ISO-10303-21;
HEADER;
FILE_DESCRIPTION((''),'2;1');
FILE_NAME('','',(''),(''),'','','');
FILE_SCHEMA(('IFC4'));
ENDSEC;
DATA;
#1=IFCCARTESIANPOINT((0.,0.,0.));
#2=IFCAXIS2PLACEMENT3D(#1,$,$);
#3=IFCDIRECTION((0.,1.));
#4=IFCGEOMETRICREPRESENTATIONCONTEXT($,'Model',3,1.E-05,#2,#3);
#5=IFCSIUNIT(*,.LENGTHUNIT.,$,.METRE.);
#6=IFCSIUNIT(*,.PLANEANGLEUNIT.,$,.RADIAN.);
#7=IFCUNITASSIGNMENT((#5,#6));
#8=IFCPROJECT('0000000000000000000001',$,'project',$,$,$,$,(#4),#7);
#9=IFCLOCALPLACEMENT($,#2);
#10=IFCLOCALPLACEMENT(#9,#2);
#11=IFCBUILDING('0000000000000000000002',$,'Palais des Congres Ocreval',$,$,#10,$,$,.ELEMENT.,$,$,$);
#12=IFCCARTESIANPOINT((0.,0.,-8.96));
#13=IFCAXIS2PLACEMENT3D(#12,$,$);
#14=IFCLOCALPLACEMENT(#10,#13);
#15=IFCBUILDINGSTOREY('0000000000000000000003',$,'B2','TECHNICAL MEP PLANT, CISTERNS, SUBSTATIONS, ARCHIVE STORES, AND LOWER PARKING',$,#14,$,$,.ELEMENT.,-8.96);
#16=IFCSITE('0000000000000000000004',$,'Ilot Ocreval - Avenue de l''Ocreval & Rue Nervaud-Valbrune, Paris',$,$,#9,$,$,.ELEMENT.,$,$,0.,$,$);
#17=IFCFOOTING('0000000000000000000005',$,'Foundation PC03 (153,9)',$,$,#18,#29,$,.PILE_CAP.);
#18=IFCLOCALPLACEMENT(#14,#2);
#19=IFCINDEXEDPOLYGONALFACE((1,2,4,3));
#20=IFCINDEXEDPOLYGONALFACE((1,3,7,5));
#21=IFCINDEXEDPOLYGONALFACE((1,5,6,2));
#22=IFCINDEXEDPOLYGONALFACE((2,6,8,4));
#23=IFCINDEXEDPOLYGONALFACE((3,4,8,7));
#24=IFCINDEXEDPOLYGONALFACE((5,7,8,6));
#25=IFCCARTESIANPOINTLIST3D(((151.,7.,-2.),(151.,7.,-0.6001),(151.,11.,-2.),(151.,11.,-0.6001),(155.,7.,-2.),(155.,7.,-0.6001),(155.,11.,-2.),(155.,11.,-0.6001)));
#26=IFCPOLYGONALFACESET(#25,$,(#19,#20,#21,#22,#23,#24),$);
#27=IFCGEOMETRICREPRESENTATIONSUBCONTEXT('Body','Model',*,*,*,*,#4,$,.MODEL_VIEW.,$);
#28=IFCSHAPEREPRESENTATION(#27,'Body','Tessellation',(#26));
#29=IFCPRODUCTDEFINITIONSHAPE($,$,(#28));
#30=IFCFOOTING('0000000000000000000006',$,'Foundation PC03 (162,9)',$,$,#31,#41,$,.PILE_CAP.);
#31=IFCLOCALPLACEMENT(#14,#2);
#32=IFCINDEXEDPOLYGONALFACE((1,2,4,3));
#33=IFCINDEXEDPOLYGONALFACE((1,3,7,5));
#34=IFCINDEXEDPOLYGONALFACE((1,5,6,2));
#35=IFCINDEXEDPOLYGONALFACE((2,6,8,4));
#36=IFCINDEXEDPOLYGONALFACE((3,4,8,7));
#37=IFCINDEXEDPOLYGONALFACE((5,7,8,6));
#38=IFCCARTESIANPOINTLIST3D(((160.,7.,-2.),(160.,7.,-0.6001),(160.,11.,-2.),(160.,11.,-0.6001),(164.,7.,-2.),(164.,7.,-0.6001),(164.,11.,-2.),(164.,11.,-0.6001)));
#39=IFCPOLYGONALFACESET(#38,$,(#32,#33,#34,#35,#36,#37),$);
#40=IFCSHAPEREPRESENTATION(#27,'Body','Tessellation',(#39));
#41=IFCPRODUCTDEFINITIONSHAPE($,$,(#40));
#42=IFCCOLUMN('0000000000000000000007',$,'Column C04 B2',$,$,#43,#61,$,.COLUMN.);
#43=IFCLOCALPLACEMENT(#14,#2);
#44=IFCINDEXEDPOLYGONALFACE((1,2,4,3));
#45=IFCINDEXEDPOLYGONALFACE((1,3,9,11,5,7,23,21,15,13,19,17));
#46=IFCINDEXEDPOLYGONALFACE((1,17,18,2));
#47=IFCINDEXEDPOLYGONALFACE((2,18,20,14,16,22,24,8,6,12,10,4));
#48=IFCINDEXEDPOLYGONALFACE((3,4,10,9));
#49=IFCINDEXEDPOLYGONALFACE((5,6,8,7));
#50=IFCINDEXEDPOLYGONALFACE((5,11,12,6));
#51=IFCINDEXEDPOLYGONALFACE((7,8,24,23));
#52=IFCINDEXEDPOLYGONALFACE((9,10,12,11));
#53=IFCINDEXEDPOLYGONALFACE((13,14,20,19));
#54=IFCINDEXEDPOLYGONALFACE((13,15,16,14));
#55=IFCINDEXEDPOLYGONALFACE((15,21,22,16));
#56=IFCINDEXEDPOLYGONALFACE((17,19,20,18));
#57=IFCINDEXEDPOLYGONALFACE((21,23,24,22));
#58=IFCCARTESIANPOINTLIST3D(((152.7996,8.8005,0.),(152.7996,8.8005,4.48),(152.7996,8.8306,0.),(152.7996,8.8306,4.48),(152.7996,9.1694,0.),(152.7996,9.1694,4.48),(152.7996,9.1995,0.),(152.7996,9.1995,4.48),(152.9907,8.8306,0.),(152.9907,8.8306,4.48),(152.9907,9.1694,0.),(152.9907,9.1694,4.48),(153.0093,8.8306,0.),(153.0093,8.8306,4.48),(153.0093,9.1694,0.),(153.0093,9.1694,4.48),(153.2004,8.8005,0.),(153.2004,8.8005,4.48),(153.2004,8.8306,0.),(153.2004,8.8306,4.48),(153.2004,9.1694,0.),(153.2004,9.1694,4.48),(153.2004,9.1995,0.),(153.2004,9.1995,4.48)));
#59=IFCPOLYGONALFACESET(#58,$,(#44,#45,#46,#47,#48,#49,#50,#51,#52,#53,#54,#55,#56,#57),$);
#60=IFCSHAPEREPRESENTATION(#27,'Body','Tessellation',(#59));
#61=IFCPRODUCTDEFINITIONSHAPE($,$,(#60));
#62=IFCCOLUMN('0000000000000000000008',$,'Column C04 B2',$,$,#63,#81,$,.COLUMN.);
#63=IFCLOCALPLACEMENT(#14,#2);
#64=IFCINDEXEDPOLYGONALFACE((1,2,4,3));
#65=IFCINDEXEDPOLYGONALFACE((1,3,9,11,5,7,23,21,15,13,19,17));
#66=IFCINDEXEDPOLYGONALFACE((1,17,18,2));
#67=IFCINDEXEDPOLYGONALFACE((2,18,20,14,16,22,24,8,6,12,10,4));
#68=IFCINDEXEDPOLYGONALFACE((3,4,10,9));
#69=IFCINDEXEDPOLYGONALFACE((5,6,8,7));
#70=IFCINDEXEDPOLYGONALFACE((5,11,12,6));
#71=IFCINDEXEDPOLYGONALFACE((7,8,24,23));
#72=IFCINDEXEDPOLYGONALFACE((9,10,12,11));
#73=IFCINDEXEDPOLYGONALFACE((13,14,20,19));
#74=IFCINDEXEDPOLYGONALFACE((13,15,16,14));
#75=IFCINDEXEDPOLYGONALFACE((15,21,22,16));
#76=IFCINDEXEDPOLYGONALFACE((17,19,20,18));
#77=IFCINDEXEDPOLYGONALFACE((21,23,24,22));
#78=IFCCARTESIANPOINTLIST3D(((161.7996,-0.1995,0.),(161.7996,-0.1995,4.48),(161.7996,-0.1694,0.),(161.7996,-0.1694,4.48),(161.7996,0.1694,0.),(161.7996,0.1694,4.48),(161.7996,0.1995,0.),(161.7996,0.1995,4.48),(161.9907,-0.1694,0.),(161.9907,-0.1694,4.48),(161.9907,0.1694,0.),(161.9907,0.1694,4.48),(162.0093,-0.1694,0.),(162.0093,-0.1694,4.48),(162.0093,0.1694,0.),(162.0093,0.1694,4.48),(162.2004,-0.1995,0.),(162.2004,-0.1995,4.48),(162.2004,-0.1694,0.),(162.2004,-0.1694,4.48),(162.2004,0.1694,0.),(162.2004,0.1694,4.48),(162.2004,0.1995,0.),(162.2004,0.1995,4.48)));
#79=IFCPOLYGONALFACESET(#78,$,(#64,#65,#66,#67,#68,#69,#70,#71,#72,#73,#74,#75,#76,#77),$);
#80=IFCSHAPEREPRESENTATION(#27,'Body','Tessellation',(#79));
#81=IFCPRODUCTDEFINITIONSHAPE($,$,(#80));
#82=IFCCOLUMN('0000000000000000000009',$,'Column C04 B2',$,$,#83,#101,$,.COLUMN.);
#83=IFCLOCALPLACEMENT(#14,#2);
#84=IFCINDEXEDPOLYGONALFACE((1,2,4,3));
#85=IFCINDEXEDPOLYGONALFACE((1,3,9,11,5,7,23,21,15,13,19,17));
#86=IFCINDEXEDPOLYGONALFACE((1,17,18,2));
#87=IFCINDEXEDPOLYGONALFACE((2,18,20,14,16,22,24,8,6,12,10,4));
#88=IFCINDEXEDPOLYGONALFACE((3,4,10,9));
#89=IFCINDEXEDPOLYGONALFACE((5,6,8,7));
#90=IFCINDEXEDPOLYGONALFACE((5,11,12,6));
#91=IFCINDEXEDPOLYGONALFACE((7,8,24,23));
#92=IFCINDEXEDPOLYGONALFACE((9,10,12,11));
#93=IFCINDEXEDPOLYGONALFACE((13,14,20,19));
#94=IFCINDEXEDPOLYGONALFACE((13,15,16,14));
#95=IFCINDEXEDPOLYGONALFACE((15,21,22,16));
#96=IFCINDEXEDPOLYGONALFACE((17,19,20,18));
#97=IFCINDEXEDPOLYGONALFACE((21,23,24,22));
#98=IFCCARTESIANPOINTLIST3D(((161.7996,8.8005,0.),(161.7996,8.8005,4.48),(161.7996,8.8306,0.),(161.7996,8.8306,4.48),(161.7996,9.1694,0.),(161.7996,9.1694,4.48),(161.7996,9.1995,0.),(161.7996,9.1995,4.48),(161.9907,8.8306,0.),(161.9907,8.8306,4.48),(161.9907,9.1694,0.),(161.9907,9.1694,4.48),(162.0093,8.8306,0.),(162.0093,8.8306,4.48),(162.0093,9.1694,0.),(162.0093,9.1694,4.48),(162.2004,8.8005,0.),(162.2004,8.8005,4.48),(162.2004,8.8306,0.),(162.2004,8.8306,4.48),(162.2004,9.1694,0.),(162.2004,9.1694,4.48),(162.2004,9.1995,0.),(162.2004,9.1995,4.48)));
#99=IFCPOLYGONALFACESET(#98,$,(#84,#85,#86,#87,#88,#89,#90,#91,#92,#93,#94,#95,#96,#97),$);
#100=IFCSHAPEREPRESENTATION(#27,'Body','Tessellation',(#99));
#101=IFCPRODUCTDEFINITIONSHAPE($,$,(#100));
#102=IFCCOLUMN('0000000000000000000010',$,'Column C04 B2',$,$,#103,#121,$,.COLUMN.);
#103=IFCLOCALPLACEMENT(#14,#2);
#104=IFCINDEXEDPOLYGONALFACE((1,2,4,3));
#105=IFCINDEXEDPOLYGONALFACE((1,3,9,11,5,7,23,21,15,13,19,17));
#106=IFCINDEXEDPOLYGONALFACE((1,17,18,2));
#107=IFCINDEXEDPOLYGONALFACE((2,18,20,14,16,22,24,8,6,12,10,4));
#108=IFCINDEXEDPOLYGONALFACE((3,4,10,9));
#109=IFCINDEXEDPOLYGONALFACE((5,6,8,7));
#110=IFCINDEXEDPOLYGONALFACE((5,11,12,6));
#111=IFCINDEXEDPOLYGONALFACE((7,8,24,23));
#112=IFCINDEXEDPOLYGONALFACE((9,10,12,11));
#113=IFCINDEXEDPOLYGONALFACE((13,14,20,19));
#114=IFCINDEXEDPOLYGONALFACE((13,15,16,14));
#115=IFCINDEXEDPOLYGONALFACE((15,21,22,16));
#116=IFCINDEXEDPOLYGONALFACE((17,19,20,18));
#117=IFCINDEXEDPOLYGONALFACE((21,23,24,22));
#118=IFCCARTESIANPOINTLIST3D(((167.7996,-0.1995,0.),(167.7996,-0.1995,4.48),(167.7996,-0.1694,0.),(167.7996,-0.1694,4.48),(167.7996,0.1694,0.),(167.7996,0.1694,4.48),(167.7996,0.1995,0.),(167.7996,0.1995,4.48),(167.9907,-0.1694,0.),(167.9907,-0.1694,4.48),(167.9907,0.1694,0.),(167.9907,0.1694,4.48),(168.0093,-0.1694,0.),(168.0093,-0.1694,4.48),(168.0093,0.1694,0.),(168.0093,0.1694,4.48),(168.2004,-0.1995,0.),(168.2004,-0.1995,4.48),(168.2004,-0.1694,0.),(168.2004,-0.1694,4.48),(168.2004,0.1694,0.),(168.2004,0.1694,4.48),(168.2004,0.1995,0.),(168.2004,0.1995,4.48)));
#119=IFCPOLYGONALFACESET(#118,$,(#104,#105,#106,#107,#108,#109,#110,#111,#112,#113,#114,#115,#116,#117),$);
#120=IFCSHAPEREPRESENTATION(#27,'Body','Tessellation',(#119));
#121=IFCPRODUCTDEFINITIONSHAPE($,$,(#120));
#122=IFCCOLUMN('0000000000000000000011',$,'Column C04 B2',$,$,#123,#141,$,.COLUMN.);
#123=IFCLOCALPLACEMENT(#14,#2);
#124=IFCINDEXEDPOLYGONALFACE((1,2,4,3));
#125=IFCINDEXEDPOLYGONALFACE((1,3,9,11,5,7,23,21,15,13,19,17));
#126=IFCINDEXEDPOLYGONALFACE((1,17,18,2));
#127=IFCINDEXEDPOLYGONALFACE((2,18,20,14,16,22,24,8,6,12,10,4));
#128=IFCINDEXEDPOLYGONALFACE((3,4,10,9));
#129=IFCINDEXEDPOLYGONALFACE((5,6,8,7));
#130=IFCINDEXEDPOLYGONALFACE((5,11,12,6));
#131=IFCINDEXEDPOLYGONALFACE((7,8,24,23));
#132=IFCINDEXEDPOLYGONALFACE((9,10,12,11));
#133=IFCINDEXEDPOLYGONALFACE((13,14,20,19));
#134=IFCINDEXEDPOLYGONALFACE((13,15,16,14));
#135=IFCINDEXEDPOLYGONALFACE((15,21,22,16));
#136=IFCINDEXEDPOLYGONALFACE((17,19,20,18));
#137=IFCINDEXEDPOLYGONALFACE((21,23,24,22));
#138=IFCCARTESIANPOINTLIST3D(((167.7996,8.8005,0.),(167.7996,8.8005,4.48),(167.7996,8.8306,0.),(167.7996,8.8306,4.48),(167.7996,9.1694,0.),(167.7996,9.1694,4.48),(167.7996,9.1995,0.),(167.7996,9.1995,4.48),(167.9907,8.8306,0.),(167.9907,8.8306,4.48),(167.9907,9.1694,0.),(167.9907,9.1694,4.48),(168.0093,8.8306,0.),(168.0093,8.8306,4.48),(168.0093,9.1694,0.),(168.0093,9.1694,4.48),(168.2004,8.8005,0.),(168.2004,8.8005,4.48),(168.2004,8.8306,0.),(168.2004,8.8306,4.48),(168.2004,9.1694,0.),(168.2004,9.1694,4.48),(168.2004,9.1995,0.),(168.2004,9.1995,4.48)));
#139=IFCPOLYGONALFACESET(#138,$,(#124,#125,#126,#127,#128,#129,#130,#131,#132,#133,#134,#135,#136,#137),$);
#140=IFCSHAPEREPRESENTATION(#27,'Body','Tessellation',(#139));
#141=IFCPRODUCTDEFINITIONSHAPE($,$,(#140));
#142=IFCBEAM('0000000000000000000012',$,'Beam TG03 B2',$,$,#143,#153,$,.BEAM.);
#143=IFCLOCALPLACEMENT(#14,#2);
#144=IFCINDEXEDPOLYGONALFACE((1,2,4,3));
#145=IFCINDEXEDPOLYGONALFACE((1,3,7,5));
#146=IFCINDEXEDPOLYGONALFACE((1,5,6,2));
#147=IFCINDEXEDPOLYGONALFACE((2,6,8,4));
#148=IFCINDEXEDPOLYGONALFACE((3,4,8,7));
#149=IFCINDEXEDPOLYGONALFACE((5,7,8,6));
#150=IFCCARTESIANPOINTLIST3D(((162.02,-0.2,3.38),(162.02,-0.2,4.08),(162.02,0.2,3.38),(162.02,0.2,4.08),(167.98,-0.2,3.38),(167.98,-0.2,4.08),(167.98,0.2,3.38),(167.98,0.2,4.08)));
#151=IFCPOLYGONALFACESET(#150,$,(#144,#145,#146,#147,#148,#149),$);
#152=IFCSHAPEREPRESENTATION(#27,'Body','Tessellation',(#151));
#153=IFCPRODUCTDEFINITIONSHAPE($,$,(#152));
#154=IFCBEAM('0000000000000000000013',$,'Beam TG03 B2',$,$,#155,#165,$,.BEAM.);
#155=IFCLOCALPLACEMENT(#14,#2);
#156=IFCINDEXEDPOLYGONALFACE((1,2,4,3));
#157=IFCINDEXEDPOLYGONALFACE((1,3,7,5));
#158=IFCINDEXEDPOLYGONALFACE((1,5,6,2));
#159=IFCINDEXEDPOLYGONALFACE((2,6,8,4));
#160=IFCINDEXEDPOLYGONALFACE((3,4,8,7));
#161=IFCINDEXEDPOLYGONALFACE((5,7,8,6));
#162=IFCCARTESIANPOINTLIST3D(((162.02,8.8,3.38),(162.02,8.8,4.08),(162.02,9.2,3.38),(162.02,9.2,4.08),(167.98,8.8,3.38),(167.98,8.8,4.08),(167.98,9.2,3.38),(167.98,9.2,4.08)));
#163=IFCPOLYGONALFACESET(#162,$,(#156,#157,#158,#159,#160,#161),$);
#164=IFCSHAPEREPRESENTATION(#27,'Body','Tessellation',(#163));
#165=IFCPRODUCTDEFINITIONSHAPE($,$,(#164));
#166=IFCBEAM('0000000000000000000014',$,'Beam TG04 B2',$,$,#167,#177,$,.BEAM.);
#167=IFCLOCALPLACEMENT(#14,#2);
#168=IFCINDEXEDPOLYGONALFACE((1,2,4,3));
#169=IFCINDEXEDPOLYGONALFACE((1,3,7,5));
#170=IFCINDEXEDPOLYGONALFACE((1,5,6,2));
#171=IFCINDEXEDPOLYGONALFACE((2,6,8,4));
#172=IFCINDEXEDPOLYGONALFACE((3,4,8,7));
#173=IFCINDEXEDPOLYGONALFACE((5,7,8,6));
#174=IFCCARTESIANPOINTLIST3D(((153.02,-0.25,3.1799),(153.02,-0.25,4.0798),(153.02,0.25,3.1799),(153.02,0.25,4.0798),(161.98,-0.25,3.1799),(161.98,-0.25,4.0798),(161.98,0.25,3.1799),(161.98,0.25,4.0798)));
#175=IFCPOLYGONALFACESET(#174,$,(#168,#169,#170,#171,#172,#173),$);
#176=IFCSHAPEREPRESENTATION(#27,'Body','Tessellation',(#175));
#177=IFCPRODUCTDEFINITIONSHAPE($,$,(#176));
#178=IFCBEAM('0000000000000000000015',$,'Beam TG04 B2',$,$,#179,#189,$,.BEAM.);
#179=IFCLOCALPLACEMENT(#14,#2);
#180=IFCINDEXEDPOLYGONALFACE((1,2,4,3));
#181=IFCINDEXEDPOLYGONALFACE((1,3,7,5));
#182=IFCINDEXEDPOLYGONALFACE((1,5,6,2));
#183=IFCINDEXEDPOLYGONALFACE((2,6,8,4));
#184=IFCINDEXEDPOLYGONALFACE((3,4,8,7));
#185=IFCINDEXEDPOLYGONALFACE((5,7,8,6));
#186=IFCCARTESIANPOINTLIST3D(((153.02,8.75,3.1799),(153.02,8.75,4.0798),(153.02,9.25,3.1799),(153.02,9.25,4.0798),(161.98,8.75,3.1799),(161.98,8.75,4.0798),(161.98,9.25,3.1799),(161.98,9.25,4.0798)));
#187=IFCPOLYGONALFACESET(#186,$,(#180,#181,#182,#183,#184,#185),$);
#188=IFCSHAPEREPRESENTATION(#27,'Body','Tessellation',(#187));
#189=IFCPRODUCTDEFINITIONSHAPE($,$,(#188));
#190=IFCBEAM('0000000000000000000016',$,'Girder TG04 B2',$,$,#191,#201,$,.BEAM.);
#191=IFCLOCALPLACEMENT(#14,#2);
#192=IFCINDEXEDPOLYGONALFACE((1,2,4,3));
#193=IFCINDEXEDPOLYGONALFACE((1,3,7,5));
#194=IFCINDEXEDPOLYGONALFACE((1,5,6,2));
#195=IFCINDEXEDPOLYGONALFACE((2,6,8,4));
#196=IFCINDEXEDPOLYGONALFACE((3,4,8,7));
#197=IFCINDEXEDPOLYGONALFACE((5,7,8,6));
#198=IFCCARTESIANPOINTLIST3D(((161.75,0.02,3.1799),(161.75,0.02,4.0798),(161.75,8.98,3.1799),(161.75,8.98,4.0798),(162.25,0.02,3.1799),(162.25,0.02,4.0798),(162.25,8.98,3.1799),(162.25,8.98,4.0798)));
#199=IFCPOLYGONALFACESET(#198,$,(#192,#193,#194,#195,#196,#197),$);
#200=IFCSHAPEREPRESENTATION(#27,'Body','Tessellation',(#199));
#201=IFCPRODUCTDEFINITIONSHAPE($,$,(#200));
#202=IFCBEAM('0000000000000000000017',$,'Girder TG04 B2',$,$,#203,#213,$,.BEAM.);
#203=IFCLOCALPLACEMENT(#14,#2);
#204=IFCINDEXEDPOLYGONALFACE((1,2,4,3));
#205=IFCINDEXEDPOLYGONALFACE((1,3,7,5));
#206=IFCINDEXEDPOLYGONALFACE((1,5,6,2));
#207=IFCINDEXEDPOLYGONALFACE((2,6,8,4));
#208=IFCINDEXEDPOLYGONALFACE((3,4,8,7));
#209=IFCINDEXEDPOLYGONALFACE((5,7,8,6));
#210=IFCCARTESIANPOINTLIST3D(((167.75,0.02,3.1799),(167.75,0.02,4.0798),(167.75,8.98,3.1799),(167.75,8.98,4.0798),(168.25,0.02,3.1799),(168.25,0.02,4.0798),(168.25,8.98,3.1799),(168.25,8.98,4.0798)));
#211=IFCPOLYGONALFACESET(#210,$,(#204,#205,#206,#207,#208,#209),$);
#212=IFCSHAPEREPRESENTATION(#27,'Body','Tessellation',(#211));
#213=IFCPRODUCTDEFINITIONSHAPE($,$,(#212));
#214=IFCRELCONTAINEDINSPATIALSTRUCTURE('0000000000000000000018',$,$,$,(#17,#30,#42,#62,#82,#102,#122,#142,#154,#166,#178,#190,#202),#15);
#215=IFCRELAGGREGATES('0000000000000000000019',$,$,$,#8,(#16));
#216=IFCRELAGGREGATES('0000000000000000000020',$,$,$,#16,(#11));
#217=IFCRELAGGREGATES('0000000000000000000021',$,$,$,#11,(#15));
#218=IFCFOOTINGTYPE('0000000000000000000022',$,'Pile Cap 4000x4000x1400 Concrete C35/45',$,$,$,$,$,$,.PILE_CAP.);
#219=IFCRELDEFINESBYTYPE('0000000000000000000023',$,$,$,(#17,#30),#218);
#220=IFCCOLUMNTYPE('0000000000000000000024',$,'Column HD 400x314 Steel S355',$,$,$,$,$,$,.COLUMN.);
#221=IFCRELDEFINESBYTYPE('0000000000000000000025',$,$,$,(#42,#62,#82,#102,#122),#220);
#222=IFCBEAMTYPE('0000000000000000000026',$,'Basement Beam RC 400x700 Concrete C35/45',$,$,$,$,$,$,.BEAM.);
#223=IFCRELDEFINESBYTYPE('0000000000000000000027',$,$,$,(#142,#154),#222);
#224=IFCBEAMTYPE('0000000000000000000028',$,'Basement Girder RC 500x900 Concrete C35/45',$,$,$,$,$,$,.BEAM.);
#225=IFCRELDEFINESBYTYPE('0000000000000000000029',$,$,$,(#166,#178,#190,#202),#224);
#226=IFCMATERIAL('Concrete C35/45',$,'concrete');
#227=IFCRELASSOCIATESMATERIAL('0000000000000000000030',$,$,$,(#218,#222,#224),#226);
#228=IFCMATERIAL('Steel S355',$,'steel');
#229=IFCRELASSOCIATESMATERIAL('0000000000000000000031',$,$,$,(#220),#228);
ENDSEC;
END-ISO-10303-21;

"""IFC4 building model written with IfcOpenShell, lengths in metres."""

from ifc_helpers import new_model, si_unit, direction, frame, origin, origin_2d, place, context, subcontext, project, spatial, rectangle, i_section, extrude, material, material_profile, profile_set, type_object, element, save


model = new_model("IFC4")

# Units and contexts
model_context = context("Model", 3, precision=1e-05, world=origin(), true_north=direction((0.0, 1.0)))
body_context = subcontext(model_context, "Body", "Model", "MODEL_VIEW")
ifc_project = project(units=[si_unit("LENGTHUNIT", "METRE"), si_unit("PLANEANGLEUNIT", "RADIAN")], contexts=[model_context])

# Site, building, storey
site_placement = place(None, origin())
site = spatial("IfcSite", under=ifc_project, at=site_placement, Name="Ilot Ocreval - Avenue de l'Ocreval & Rue Nervaud-Valbrune, Paris", CompositionType="ELEMENT", RefElevation=0.0)
building_placement = place(site_placement, origin())
building = spatial("IfcBuilding", under=site, at=building_placement, Name="Palais des Congres Ocreval", CompositionType="ELEMENT")
storey_placement = place(building_placement, frame((0.0, 0.0, -8.96)))
storey = spatial("IfcBuildingStorey", under=building, at=storey_placement, Name="B2", Description="TECHNICAL MEP PLANT, CISTERNS, SUBSTATIONS, ARCHIVE STORES, AND LOWER PARKING", CompositionType="ELEMENT", Elevation=-8.96)

# Shared definitions
ifc_material_1 = material(Name="Concrete C35/45", Category="concrete")

# Footings
footing_type_1 = type_object("IfcFootingType", Name="Pile Cap 4000x4000x1400 Concrete C35/45", PredefinedType="PILE_CAP", material=ifc_material_1)
for number, where, z_axis, x_axis, name in (
    (1, (153.0, 9.0, -2.0), (0.0, 0.0, 1.0), (1.0, 0.0, 0.0), "Foundation PC03 (153,9)"),
    (2, (162.0, 9.0, -2.0), (0.0, 0.0, 1.0), (1.0, 0.0, 0.0), "Foundation PC03 (162,9)"),
):
    element("IfcFooting", number, at=place(storey_placement, frame(where, z_axis=z_axis, x_axis=x_axis)), inside=storey, type_object=footing_type_1, Name=name, PredefinedType="PILE_CAP", context=body_context, shape_type="SweptSolid", body=[
        extrude(rectangle(XDim=4.0, YDim=4.0, at=origin_2d()), origin(), (0.0, 0.0, 1.0), 1.3999),
    ])

# Columns
ifc_material_2 = material(Name="Steel S355", Category="steel")
ifc_material_profile_1 = material_profile(ifc_material_2, i_section(OverallWidth=0.4009, OverallDepth=0.3989, WebThickness=0.0186, FlangeThickness=0.03, at=origin_2d()), Name="HD 400x314")
ifc_profile_set_1 = profile_set([ifc_material_profile_1], Name="Steel S355")
column_type = type_object("IfcColumnType", Name="Column HD 400x314 Steel S355", PredefinedType="COLUMN", material=ifc_profile_set_1)
for number, where, z_axis, x_axis, name in (
    (3, (153.0, 9.0, 0.0), (0.0, 0.0, 1.0), (1.0, 0.0, 0.0), "Column C04 B2"),
    (4, (162.0, 0.0, 0.0), (0.0, 0.0, 1.0), (1.0, 0.0, 0.0), "Column C04 B2"),
    (5, (162.0, 9.0, 0.0), (0.0, 0.0, 1.0), (1.0, 0.0, 0.0), "Column C04 B2"),
    (6, (168.0, 0.0, 0.0), (0.0, 0.0, 1.0), (1.0, 0.0, 0.0), "Column C04 B2"),
    (7, (168.0, 9.0, 0.0), (0.0, 0.0, 1.0), (1.0, 0.0, 0.0), "Column C04 B2"),
):
    element("IfcColumn", number, at=place(storey_placement, frame(where, z_axis=z_axis, x_axis=x_axis)), inside=storey, type_object=column_type, Name=name, PredefinedType="COLUMN", context=body_context, shape_type="SweptSolid", body=[
        extrude(i_section(OverallWidth=0.4009, OverallDepth=0.3989, WebThickness=0.0186, FlangeThickness=0.03, at=origin_2d()), origin(), (0.0, 0.0, 1.0), 4.48),
    ])

# Beams
ifc_material_profile_2 = material_profile(ifc_material_1, rectangle(XDim=0.3999, YDim=0.7, at=origin_2d()), Name="RC 400x700")
ifc_profile_set_2 = profile_set([ifc_material_profile_2], Name="Concrete C35/45")
beam_type_1 = type_object("IfcBeamType", Name="Basement Beam RC 400x700 Concrete C35/45", PredefinedType="BEAM", material=ifc_profile_set_2)
for number, where, z_axis, x_axis, name in (
    (8, (162.02, 0.0, 3.73), (1.0, 0.0, 0.0), (0.0, 1.0, 0.0), "Beam TG03 B2"),
    (9, (162.02, 9.0, 3.73), (1.0, 0.0, 0.0), (0.0, 1.0, 0.0), "Beam TG03 B2"),
):
    element("IfcBeam", number, at=place(storey_placement, frame(where, z_axis=z_axis, x_axis=x_axis)), inside=storey, type_object=beam_type_1, Name=name, PredefinedType="BEAM", context=body_context, shape_type="SweptSolid", body=[
        extrude(rectangle(XDim=0.3999, YDim=0.7, at=origin_2d()), origin(), (0.0, 0.0, 1.0), 5.96),
    ])
ifc_material_profile_3 = material_profile(ifc_material_1, rectangle(XDim=0.5, YDim=0.8999, at=origin_2d()), Name="RC 500x900")
ifc_profile_set_3 = profile_set([ifc_material_profile_3], Name="Concrete C35/45")
beam_type_2 = type_object("IfcBeamType", Name="Basement Girder RC 500x900 Concrete C35/45", PredefinedType="BEAM", material=ifc_profile_set_3)
for number, where, z_axis, x_axis, name in (
    (10, (153.02, 0.0, 3.6299), (1.0, 0.0, 0.0), (0.0, 1.0, 0.0), "Beam TG04 B2"),
    (11, (153.02, 9.0, 3.6299), (1.0, 0.0, 0.0), (0.0, 1.0, 0.0), "Beam TG04 B2"),
    (12, (162.0, 0.02, 3.6299), (0.0, 1.0, 0.0), (-1.0, 0.0, 0.0), "Girder TG04 B2"),
    (13, (168.0, 0.02, 3.6299), (0.0, 1.0, 0.0), (-1.0, 0.0, 0.0), "Girder TG04 B2"),
):
    element("IfcBeam", number, at=place(storey_placement, frame(where, z_axis=z_axis, x_axis=x_axis)), inside=storey, type_object=beam_type_2, Name=name, PredefinedType="BEAM", context=body_context, shape_type="SweptSolid", body=[
        extrude(rectangle(XDim=0.5, YDim=0.8999, at=origin_2d()), origin(), (0.0, 0.0, 1.0), 8.96),
    ])

save(model, "model.ifc")
